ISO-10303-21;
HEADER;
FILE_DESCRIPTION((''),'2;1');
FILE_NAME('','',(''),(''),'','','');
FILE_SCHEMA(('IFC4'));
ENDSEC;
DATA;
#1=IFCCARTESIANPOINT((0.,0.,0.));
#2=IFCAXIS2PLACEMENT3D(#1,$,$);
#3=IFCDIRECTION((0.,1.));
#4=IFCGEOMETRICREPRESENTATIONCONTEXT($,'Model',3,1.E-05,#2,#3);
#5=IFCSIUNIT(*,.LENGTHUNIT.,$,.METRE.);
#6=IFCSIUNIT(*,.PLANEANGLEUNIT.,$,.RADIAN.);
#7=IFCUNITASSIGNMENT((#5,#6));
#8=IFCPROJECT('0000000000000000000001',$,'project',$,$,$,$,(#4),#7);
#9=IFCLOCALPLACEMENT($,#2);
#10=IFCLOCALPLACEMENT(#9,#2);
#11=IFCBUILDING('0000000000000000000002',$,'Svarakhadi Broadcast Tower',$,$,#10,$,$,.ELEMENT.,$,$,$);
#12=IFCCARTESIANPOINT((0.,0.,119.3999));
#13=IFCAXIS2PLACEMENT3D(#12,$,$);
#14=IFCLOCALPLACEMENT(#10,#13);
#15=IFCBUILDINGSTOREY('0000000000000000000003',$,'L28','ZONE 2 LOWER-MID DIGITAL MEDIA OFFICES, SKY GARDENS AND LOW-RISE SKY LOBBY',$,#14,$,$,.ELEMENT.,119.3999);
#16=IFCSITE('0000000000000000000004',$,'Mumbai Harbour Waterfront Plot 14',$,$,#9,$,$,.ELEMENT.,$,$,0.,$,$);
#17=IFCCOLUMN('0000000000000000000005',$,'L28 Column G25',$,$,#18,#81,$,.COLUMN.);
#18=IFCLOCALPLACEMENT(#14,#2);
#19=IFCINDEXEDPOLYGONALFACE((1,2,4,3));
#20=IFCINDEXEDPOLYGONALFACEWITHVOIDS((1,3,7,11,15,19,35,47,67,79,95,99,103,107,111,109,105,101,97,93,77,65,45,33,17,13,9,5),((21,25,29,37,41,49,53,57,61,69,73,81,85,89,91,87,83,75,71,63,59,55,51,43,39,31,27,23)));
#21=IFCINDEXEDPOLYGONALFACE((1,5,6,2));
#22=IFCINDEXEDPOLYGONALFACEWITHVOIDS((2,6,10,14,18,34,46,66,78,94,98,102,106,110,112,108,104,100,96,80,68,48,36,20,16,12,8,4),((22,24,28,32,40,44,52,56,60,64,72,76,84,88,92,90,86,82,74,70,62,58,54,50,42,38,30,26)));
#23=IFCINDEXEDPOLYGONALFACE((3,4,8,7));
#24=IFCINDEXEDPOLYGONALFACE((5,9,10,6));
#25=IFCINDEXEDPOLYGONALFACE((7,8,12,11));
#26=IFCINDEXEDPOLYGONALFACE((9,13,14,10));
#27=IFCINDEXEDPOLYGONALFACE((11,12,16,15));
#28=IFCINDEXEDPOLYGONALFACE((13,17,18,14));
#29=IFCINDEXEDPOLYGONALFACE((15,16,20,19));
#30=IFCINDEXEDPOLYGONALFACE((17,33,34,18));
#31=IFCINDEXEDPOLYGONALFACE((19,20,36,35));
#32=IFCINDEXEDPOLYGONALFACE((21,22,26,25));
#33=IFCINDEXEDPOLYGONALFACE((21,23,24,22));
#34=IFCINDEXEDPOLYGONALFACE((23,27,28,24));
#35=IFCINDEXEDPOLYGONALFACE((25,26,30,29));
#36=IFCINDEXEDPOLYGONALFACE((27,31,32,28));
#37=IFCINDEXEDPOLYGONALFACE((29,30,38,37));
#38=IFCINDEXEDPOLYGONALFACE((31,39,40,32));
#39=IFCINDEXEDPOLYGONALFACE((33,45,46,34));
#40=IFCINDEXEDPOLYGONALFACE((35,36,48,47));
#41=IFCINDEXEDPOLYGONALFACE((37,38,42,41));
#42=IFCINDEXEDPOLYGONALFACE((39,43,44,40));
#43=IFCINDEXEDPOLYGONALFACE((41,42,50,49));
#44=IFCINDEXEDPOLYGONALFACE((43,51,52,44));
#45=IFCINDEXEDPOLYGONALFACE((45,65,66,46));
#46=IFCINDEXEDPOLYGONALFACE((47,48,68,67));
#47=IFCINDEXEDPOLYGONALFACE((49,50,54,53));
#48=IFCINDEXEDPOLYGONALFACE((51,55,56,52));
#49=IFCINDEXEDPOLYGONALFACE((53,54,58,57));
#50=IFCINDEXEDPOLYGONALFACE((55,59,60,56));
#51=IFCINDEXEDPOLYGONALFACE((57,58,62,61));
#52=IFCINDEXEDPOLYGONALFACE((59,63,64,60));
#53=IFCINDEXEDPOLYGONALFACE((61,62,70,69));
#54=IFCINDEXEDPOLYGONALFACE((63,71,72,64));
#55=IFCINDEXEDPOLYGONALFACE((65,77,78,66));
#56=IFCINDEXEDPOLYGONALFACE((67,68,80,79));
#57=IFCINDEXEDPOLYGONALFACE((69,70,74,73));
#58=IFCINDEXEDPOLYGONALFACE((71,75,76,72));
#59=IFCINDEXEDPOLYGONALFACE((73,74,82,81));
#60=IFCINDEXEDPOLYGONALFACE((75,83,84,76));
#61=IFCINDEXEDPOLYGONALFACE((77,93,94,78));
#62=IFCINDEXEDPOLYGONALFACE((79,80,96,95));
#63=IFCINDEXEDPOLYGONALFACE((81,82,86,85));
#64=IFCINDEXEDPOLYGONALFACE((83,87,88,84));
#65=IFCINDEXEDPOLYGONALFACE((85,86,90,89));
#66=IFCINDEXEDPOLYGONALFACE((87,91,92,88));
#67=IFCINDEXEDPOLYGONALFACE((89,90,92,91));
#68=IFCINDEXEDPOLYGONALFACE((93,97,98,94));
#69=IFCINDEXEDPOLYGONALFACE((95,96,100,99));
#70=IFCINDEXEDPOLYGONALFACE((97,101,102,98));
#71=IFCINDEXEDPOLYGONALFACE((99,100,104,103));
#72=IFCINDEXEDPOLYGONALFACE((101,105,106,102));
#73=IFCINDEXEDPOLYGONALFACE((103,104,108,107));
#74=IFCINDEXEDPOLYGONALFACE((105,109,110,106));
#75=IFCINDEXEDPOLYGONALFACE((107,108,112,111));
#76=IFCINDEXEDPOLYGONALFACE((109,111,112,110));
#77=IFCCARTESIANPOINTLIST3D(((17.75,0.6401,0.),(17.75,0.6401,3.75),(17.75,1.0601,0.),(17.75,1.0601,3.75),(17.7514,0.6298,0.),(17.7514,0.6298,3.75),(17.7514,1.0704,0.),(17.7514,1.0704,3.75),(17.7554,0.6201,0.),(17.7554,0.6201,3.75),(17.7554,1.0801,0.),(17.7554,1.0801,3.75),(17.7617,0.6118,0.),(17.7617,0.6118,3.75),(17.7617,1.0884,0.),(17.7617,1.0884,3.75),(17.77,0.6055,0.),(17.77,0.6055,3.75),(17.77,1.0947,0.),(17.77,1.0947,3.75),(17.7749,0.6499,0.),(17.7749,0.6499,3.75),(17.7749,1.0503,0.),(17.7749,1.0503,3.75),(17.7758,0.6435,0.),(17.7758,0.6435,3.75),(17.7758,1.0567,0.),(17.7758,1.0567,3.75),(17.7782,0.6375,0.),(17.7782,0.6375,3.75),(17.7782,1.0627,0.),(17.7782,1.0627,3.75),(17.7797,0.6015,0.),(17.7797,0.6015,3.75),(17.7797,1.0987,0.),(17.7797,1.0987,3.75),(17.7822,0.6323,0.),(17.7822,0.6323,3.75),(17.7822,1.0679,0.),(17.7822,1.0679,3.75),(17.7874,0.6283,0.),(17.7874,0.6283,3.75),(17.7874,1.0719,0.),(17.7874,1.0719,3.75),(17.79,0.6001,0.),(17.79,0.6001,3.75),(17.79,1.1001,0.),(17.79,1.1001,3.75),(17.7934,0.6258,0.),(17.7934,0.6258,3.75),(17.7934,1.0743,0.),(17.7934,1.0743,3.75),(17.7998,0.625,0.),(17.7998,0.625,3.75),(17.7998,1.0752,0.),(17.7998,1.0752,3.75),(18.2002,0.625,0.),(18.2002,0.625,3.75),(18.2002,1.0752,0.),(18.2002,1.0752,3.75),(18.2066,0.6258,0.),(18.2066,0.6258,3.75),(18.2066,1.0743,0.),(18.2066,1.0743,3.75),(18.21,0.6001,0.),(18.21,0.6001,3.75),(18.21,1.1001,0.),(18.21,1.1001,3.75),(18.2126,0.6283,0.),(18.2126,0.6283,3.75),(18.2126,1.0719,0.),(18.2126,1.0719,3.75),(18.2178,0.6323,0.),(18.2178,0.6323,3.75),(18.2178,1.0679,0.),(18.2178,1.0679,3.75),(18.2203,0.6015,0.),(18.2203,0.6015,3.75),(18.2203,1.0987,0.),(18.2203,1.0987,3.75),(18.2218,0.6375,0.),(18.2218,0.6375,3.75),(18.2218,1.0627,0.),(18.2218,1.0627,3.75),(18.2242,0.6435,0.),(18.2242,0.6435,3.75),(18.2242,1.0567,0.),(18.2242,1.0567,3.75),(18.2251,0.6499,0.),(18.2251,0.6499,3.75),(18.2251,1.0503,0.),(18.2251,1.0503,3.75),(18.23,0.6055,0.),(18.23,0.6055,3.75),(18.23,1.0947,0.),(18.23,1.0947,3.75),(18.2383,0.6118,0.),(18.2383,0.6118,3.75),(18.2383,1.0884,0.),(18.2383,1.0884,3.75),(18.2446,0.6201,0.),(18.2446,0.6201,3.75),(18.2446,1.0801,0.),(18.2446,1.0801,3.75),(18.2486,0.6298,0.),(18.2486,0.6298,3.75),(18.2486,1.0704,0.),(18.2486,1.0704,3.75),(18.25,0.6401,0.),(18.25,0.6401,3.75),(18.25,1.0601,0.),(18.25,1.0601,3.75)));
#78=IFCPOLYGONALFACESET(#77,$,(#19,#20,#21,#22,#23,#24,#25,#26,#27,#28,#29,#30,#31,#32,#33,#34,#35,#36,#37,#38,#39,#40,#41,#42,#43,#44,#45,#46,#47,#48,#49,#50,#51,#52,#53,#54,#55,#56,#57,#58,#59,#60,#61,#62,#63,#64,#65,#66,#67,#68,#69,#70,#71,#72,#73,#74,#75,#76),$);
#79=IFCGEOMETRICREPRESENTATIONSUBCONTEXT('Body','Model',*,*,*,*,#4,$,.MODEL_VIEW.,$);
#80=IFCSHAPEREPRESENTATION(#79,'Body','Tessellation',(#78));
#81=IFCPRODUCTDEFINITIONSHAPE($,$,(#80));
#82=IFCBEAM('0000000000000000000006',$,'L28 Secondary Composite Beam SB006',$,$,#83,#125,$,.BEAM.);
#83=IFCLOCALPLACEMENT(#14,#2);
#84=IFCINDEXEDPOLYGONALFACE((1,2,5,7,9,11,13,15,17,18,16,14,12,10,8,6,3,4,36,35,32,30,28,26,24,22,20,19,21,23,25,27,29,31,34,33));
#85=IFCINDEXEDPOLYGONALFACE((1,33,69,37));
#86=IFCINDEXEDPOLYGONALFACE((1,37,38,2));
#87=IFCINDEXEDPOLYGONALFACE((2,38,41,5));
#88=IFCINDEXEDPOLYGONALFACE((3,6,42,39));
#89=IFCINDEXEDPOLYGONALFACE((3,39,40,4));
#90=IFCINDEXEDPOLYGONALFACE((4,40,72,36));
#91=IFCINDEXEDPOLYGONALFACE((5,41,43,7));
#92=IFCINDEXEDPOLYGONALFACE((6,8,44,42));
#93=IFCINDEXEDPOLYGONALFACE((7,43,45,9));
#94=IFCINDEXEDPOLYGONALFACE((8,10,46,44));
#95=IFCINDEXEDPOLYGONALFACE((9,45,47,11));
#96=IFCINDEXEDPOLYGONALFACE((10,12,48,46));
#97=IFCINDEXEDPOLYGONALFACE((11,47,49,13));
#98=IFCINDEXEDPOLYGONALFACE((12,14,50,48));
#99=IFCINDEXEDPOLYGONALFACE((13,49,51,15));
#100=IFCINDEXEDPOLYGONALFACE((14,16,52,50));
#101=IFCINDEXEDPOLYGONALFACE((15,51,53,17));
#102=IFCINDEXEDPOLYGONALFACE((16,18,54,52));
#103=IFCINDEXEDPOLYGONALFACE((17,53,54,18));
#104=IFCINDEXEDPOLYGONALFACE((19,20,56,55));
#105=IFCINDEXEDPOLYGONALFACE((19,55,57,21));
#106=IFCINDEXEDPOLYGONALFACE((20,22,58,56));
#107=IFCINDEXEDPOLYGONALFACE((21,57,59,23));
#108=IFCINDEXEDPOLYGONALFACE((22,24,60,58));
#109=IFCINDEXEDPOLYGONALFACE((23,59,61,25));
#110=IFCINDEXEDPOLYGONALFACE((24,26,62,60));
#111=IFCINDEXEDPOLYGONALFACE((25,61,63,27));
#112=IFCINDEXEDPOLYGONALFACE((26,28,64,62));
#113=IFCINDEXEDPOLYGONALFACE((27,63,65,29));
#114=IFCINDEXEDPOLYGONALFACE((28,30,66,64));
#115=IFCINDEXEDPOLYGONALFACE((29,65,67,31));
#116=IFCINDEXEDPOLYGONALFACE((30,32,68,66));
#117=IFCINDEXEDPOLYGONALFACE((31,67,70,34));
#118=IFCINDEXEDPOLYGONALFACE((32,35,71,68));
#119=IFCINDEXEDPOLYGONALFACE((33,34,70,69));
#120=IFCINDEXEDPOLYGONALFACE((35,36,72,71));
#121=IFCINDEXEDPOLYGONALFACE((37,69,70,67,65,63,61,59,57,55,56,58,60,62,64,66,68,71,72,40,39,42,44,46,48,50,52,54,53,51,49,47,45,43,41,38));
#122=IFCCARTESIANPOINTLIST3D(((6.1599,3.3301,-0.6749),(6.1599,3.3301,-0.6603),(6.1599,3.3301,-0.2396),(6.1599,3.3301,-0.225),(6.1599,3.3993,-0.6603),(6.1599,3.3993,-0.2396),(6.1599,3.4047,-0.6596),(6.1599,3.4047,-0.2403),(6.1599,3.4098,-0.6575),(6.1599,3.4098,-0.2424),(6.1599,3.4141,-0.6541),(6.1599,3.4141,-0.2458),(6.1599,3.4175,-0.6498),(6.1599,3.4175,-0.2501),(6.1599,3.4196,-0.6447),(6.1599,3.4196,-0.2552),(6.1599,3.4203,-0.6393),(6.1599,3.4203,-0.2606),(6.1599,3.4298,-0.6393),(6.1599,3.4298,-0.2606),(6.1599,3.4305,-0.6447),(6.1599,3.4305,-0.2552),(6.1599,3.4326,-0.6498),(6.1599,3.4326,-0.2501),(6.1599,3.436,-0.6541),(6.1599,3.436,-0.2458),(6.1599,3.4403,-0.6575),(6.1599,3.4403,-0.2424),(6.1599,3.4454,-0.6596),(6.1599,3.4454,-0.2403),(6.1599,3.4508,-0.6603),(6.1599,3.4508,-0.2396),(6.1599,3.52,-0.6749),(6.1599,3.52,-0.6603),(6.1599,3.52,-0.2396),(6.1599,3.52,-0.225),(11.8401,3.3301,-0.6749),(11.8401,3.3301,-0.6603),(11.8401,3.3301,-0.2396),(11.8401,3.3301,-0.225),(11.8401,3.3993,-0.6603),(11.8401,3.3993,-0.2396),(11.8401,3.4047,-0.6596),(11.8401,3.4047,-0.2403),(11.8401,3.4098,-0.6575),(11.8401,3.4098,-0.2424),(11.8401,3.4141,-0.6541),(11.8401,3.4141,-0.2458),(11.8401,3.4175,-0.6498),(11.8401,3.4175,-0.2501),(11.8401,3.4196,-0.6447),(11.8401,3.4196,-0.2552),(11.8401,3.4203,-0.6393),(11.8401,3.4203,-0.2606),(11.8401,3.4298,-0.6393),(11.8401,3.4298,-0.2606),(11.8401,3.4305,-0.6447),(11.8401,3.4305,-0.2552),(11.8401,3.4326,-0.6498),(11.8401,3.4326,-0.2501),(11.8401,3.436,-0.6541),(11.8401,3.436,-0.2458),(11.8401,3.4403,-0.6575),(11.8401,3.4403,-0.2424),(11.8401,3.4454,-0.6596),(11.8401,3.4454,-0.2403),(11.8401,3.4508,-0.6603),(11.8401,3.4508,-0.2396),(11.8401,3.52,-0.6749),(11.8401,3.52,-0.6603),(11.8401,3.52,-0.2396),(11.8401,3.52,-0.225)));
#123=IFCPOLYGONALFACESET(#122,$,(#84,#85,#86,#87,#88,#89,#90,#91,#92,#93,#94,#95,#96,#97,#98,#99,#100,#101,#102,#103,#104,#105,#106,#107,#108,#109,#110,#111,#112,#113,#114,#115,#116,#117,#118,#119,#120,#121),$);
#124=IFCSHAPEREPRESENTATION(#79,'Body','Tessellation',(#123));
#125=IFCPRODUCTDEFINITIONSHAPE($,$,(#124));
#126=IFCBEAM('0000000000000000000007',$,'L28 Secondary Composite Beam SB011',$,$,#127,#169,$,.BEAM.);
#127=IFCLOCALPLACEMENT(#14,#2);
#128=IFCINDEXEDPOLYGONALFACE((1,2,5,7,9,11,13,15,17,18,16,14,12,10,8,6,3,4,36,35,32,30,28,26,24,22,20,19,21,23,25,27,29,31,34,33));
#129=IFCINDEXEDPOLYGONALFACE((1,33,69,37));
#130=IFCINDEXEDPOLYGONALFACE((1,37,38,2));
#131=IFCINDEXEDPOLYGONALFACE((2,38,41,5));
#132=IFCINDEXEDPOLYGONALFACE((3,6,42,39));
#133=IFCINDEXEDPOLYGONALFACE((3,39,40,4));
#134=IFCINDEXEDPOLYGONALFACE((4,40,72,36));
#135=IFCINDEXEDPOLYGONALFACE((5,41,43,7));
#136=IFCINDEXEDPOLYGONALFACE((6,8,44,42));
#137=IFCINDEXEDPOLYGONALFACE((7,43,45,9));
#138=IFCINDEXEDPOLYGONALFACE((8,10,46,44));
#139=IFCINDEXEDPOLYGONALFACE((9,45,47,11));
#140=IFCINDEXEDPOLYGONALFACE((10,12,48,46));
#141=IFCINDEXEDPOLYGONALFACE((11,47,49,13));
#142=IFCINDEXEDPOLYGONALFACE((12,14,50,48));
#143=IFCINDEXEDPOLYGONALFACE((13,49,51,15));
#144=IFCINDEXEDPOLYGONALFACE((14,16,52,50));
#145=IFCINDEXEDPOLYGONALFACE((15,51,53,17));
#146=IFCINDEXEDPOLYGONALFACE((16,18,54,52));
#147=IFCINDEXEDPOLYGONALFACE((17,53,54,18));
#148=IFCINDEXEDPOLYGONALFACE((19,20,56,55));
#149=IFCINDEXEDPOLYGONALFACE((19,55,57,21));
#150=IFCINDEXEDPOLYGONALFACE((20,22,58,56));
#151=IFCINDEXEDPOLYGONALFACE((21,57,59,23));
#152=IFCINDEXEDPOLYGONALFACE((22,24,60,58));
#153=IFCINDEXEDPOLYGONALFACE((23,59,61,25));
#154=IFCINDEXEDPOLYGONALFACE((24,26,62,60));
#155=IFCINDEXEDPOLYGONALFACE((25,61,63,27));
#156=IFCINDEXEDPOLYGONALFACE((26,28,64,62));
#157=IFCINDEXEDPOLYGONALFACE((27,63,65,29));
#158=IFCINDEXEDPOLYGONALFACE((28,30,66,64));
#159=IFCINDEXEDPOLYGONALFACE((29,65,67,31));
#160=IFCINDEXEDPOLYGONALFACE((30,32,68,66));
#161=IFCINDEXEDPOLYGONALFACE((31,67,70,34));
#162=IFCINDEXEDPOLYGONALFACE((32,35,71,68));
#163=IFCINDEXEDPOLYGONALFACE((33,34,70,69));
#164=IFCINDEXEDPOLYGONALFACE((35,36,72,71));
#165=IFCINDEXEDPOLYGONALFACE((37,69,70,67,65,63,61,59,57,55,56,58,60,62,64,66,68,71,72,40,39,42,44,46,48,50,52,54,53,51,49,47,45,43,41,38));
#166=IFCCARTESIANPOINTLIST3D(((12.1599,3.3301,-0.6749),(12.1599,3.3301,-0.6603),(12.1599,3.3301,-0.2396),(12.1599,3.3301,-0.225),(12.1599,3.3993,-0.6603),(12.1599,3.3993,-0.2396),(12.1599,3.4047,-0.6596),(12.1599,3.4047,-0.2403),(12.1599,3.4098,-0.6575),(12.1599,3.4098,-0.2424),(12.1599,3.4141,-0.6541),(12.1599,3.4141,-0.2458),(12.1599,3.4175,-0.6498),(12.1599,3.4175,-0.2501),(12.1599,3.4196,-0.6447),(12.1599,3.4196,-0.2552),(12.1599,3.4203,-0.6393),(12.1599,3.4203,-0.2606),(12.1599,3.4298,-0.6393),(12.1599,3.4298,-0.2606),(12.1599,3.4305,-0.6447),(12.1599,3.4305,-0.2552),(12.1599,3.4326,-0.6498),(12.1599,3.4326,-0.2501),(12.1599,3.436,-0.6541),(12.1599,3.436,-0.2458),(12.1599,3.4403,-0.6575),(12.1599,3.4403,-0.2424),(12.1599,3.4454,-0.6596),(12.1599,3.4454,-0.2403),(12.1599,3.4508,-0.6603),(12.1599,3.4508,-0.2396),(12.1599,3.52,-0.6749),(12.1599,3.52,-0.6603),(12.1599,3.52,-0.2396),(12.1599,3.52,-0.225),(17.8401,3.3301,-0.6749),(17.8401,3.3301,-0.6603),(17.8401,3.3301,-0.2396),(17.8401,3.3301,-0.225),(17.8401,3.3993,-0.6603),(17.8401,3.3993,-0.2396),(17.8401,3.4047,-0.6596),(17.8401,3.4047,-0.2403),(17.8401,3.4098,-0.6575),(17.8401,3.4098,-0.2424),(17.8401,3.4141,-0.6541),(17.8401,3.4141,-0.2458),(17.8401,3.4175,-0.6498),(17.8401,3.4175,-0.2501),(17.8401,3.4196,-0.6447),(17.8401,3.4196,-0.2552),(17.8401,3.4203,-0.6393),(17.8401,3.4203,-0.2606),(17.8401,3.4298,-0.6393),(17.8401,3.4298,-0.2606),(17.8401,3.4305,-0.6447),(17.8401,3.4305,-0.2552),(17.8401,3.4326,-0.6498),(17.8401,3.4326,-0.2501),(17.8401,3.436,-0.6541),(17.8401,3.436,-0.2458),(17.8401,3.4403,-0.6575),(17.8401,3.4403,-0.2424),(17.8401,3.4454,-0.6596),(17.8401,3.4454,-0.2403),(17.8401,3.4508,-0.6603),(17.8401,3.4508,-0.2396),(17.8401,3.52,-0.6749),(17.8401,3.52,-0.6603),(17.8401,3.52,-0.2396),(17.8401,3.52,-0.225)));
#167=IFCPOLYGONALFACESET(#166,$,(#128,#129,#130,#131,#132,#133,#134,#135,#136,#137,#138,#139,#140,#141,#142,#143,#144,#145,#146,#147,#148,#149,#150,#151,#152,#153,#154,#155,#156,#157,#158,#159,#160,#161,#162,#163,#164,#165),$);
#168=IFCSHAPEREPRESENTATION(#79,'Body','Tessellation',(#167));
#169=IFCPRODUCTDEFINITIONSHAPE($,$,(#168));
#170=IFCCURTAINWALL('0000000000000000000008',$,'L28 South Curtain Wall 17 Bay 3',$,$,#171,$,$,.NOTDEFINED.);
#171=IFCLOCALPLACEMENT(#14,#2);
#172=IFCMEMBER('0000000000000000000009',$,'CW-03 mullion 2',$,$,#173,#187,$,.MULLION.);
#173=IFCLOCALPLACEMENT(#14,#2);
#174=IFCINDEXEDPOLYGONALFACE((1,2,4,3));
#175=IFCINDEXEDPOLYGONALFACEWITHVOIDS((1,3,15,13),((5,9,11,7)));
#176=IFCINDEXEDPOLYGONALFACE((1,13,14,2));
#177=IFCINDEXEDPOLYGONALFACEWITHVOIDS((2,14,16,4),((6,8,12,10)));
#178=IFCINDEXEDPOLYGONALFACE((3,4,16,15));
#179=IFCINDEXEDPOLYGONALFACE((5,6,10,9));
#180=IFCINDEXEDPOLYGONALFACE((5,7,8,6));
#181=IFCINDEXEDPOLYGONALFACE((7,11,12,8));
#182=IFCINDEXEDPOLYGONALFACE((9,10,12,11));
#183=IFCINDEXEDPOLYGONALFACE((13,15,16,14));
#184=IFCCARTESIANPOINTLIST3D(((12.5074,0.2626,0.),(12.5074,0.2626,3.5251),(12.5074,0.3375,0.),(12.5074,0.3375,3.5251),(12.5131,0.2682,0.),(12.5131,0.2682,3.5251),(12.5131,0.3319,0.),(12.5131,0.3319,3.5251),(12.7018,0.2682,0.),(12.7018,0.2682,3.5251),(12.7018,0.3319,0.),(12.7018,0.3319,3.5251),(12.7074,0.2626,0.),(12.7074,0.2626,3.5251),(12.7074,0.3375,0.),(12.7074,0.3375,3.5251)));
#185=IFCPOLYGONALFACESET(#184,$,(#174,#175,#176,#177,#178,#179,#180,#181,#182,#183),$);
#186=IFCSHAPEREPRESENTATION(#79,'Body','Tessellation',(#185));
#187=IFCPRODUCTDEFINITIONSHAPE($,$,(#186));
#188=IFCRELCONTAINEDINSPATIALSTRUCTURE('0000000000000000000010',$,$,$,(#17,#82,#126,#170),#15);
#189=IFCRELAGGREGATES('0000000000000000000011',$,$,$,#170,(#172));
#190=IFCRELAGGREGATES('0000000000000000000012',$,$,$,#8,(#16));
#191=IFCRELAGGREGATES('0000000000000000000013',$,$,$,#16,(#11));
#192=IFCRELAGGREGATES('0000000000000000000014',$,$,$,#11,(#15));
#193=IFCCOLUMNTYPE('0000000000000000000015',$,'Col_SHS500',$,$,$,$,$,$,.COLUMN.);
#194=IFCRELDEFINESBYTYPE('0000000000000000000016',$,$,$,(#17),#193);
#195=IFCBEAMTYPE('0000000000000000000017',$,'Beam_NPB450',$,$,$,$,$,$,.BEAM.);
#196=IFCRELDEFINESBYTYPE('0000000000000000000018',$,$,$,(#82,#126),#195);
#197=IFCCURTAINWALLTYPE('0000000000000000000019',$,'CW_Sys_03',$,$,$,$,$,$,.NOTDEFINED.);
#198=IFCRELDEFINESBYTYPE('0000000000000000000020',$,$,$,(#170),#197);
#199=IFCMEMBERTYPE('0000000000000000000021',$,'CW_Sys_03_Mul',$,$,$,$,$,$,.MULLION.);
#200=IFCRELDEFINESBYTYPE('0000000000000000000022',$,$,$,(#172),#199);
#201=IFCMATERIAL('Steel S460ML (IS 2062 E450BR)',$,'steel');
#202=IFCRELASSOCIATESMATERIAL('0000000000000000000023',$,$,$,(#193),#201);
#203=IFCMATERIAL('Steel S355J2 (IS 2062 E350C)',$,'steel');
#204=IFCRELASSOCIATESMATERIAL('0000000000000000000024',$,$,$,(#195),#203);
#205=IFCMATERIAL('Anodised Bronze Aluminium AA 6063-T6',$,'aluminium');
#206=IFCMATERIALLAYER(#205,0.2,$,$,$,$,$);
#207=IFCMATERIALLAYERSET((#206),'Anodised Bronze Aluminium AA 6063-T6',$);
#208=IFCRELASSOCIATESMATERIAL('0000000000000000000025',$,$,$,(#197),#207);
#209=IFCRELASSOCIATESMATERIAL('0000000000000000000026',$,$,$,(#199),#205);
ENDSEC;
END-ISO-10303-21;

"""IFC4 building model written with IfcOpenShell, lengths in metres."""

from ifc_helpers import new_model, si_unit, direction, frame, origin, origin_2d, place, context, subcontext, project, spatial, hollow_rectangle, i_section, extrude, material, layer, layer_set, material_profile, profile_set, type_object, element, aggregate, save


model = new_model("IFC4")

# Units and contexts
model_context = context("Model", 3, precision=1e-05, world=origin(), true_north=direction((0.0, 1.0)))
body_context = subcontext(model_context, "Body", "Model", "MODEL_VIEW")
ifc_project = project(units=[si_unit("LENGTHUNIT", "METRE"), si_unit("PLANEANGLEUNIT", "RADIAN")], contexts=[model_context])

# Site, building, storey
site_placement = place(None, origin())
site = spatial("IfcSite", under=ifc_project, at=site_placement, Name="Mumbai Harbour Waterfront Plot 14", CompositionType="ELEMENT", RefElevation=0.0)
building_placement = place(site_placement, origin())
building = spatial("IfcBuilding", under=site, at=building_placement, Name="Svarakhadi Broadcast Tower", CompositionType="ELEMENT")
storey_placement = place(building_placement, frame((0.0, 0.0, 119.3999)))
storey = spatial("IfcBuildingStorey", under=building, at=storey_placement, Name="L28", Description="ZONE 2 LOWER-MID DIGITAL MEDIA OFFICES, SKY GARDENS AND LOW-RISE SKY LOBBY", CompositionType="ELEMENT", Elevation=119.3999)

# Column
ifc_material_1 = material(Name="Steel S460ML (IS 2062 E450BR)", Category="steel")
ifc_material_profile_1 = material_profile(ifc_material_1, hollow_rectangle(XDim=0.5, YDim=0.5, WallThickness=0.0249, InnerFilletRadius=0.0249, OuterFilletRadius=0.04, at=origin_2d()), Name="SHS 500x500x25")
ifc_profile_set_1 = profile_set([ifc_material_profile_1], Name="Steel S460ML (IS 2062 E450BR)")
column_type_1 = type_object("IfcColumnType", Name="Col_SHS500", PredefinedType="COLUMN", material=ifc_profile_set_1)
for number, where, z_axis, x_axis, name in (
    (1, (18.0, 0.8501, 0.0), (0.0, 0.0, 1.0), (1.0, 0.0, 0.0), "L28 Column G25"),
):
    element("IfcColumn", number, at=place(storey_placement, frame(where, z_axis=z_axis, x_axis=x_axis)), inside=storey, type_object=column_type_1, Name=name, PredefinedType="COLUMN", context=body_context, shape_type="SweptSolid", body=[
        extrude(hollow_rectangle(XDim=0.5, YDim=0.5, WallThickness=0.0249, InnerFilletRadius=0.0249, OuterFilletRadius=0.04, at=origin_2d()), origin(), (0.0, 0.0, 1.0), 3.75),
    ])

# Beams
ifc_material_2 = material(Name="Steel S355J2 (IS 2062 E350C)", Category="steel")
ifc_material_profile_2 = material_profile(ifc_material_2, i_section(OverallWidth=0.1899, OverallDepth=0.45, WebThickness=0.0095, FlangeThickness=0.0146, FilletRadius=0.021, at=origin_2d()), Name="NPB 450x190x78")
ifc_profile_set_2 = profile_set([ifc_material_profile_2], Name="Steel S355J2 (IS 2062 E350C)")
beam_type_1 = type_object("IfcBeamType", Name="Beam_NPB450", PredefinedType="BEAM", material=ifc_profile_set_2)
for number, where, z_axis, x_axis, name in (
    (2, (6.1599, 3.425, -0.45), (1.0, 0.0, 0.0), (0.0, 1.0, 0.0), "L28 Secondary Composite Beam SB006"),
    (3, (12.1599, 3.425, -0.45), (1.0, 0.0, 0.0), (0.0, 1.0, 0.0), "L28 Secondary Composite Beam SB011"),
):
    element("IfcBeam", number, at=place(storey_placement, frame(where, z_axis=z_axis, x_axis=x_axis)), inside=storey, type_object=beam_type_1, Name=name, PredefinedType="BEAM", context=body_context, shape_type="SweptSolid", body=[
        extrude(i_section(OverallWidth=0.1899, OverallDepth=0.45, WebThickness=0.0095, FlangeThickness=0.0146, FilletRadius=0.021, at=origin_2d()), origin(), (0.0, 0.0, 1.0), 5.6802),
    ])

# Curtain wall, member
ifc_material_3 = material(Name="Anodised Bronze Aluminium AA 6063-T6", Category="aluminium")
ifc_layer_1 = layer(ifc_material_3, 0.2)
ifc_layer_set_1 = layer_set([ifc_layer_1], Name="Anodised Bronze Aluminium AA 6063-T6")
curtain_wall_type = type_object("IfcCurtainWallType", Name="CW_Sys_03", PredefinedType="NOTDEFINED", material=ifc_layer_set_1)
curtain_wall_1_placement = place(storey_placement, origin())
curtain_wall_1 = element("IfcCurtainWall", 4, at=curtain_wall_1_placement, inside=storey, type_object=curtain_wall_type, Name="L28 South Curtain Wall 17 Bay 3", PredefinedType="NOTDEFINED")
ifc_material_profile_3 = material_profile(ifc_material_3, hollow_rectangle(XDim=0.075, YDim=0.2, WallThickness=0.0056, at=origin_2d()), Name="ALU MULLION 200x75x6")
ifc_profile_set_3 = profile_set([ifc_material_profile_3], Name="Anodised Bronze Aluminium AA 6063-T6")
member_type_1 = type_object("IfcMemberType", Name="CW_Sys_03_Mul", PredefinedType="MULLION", material=ifc_profile_set_3)
member_1_placement = place(storey_placement, frame((12.6074, 0.3, 0.0), z_axis=(0.0, 0.0, 1.0), x_axis=(0.0, -1.0, 0.0)))
member_1 = element("IfcMember", 5, at=member_1_placement, type_object=member_type_1, Name="CW-03 mullion 2", PredefinedType="MULLION", context=body_context, shape_type="SweptSolid", body=[
    extrude(hollow_rectangle(XDim=0.075, YDim=0.2, WallThickness=0.0056, at=origin_2d()), origin(), (0.0, 0.0, 1.0), 3.5251),
])
aggregate(curtain_wall_1, [member_1])

save(model, "model.ifc")
